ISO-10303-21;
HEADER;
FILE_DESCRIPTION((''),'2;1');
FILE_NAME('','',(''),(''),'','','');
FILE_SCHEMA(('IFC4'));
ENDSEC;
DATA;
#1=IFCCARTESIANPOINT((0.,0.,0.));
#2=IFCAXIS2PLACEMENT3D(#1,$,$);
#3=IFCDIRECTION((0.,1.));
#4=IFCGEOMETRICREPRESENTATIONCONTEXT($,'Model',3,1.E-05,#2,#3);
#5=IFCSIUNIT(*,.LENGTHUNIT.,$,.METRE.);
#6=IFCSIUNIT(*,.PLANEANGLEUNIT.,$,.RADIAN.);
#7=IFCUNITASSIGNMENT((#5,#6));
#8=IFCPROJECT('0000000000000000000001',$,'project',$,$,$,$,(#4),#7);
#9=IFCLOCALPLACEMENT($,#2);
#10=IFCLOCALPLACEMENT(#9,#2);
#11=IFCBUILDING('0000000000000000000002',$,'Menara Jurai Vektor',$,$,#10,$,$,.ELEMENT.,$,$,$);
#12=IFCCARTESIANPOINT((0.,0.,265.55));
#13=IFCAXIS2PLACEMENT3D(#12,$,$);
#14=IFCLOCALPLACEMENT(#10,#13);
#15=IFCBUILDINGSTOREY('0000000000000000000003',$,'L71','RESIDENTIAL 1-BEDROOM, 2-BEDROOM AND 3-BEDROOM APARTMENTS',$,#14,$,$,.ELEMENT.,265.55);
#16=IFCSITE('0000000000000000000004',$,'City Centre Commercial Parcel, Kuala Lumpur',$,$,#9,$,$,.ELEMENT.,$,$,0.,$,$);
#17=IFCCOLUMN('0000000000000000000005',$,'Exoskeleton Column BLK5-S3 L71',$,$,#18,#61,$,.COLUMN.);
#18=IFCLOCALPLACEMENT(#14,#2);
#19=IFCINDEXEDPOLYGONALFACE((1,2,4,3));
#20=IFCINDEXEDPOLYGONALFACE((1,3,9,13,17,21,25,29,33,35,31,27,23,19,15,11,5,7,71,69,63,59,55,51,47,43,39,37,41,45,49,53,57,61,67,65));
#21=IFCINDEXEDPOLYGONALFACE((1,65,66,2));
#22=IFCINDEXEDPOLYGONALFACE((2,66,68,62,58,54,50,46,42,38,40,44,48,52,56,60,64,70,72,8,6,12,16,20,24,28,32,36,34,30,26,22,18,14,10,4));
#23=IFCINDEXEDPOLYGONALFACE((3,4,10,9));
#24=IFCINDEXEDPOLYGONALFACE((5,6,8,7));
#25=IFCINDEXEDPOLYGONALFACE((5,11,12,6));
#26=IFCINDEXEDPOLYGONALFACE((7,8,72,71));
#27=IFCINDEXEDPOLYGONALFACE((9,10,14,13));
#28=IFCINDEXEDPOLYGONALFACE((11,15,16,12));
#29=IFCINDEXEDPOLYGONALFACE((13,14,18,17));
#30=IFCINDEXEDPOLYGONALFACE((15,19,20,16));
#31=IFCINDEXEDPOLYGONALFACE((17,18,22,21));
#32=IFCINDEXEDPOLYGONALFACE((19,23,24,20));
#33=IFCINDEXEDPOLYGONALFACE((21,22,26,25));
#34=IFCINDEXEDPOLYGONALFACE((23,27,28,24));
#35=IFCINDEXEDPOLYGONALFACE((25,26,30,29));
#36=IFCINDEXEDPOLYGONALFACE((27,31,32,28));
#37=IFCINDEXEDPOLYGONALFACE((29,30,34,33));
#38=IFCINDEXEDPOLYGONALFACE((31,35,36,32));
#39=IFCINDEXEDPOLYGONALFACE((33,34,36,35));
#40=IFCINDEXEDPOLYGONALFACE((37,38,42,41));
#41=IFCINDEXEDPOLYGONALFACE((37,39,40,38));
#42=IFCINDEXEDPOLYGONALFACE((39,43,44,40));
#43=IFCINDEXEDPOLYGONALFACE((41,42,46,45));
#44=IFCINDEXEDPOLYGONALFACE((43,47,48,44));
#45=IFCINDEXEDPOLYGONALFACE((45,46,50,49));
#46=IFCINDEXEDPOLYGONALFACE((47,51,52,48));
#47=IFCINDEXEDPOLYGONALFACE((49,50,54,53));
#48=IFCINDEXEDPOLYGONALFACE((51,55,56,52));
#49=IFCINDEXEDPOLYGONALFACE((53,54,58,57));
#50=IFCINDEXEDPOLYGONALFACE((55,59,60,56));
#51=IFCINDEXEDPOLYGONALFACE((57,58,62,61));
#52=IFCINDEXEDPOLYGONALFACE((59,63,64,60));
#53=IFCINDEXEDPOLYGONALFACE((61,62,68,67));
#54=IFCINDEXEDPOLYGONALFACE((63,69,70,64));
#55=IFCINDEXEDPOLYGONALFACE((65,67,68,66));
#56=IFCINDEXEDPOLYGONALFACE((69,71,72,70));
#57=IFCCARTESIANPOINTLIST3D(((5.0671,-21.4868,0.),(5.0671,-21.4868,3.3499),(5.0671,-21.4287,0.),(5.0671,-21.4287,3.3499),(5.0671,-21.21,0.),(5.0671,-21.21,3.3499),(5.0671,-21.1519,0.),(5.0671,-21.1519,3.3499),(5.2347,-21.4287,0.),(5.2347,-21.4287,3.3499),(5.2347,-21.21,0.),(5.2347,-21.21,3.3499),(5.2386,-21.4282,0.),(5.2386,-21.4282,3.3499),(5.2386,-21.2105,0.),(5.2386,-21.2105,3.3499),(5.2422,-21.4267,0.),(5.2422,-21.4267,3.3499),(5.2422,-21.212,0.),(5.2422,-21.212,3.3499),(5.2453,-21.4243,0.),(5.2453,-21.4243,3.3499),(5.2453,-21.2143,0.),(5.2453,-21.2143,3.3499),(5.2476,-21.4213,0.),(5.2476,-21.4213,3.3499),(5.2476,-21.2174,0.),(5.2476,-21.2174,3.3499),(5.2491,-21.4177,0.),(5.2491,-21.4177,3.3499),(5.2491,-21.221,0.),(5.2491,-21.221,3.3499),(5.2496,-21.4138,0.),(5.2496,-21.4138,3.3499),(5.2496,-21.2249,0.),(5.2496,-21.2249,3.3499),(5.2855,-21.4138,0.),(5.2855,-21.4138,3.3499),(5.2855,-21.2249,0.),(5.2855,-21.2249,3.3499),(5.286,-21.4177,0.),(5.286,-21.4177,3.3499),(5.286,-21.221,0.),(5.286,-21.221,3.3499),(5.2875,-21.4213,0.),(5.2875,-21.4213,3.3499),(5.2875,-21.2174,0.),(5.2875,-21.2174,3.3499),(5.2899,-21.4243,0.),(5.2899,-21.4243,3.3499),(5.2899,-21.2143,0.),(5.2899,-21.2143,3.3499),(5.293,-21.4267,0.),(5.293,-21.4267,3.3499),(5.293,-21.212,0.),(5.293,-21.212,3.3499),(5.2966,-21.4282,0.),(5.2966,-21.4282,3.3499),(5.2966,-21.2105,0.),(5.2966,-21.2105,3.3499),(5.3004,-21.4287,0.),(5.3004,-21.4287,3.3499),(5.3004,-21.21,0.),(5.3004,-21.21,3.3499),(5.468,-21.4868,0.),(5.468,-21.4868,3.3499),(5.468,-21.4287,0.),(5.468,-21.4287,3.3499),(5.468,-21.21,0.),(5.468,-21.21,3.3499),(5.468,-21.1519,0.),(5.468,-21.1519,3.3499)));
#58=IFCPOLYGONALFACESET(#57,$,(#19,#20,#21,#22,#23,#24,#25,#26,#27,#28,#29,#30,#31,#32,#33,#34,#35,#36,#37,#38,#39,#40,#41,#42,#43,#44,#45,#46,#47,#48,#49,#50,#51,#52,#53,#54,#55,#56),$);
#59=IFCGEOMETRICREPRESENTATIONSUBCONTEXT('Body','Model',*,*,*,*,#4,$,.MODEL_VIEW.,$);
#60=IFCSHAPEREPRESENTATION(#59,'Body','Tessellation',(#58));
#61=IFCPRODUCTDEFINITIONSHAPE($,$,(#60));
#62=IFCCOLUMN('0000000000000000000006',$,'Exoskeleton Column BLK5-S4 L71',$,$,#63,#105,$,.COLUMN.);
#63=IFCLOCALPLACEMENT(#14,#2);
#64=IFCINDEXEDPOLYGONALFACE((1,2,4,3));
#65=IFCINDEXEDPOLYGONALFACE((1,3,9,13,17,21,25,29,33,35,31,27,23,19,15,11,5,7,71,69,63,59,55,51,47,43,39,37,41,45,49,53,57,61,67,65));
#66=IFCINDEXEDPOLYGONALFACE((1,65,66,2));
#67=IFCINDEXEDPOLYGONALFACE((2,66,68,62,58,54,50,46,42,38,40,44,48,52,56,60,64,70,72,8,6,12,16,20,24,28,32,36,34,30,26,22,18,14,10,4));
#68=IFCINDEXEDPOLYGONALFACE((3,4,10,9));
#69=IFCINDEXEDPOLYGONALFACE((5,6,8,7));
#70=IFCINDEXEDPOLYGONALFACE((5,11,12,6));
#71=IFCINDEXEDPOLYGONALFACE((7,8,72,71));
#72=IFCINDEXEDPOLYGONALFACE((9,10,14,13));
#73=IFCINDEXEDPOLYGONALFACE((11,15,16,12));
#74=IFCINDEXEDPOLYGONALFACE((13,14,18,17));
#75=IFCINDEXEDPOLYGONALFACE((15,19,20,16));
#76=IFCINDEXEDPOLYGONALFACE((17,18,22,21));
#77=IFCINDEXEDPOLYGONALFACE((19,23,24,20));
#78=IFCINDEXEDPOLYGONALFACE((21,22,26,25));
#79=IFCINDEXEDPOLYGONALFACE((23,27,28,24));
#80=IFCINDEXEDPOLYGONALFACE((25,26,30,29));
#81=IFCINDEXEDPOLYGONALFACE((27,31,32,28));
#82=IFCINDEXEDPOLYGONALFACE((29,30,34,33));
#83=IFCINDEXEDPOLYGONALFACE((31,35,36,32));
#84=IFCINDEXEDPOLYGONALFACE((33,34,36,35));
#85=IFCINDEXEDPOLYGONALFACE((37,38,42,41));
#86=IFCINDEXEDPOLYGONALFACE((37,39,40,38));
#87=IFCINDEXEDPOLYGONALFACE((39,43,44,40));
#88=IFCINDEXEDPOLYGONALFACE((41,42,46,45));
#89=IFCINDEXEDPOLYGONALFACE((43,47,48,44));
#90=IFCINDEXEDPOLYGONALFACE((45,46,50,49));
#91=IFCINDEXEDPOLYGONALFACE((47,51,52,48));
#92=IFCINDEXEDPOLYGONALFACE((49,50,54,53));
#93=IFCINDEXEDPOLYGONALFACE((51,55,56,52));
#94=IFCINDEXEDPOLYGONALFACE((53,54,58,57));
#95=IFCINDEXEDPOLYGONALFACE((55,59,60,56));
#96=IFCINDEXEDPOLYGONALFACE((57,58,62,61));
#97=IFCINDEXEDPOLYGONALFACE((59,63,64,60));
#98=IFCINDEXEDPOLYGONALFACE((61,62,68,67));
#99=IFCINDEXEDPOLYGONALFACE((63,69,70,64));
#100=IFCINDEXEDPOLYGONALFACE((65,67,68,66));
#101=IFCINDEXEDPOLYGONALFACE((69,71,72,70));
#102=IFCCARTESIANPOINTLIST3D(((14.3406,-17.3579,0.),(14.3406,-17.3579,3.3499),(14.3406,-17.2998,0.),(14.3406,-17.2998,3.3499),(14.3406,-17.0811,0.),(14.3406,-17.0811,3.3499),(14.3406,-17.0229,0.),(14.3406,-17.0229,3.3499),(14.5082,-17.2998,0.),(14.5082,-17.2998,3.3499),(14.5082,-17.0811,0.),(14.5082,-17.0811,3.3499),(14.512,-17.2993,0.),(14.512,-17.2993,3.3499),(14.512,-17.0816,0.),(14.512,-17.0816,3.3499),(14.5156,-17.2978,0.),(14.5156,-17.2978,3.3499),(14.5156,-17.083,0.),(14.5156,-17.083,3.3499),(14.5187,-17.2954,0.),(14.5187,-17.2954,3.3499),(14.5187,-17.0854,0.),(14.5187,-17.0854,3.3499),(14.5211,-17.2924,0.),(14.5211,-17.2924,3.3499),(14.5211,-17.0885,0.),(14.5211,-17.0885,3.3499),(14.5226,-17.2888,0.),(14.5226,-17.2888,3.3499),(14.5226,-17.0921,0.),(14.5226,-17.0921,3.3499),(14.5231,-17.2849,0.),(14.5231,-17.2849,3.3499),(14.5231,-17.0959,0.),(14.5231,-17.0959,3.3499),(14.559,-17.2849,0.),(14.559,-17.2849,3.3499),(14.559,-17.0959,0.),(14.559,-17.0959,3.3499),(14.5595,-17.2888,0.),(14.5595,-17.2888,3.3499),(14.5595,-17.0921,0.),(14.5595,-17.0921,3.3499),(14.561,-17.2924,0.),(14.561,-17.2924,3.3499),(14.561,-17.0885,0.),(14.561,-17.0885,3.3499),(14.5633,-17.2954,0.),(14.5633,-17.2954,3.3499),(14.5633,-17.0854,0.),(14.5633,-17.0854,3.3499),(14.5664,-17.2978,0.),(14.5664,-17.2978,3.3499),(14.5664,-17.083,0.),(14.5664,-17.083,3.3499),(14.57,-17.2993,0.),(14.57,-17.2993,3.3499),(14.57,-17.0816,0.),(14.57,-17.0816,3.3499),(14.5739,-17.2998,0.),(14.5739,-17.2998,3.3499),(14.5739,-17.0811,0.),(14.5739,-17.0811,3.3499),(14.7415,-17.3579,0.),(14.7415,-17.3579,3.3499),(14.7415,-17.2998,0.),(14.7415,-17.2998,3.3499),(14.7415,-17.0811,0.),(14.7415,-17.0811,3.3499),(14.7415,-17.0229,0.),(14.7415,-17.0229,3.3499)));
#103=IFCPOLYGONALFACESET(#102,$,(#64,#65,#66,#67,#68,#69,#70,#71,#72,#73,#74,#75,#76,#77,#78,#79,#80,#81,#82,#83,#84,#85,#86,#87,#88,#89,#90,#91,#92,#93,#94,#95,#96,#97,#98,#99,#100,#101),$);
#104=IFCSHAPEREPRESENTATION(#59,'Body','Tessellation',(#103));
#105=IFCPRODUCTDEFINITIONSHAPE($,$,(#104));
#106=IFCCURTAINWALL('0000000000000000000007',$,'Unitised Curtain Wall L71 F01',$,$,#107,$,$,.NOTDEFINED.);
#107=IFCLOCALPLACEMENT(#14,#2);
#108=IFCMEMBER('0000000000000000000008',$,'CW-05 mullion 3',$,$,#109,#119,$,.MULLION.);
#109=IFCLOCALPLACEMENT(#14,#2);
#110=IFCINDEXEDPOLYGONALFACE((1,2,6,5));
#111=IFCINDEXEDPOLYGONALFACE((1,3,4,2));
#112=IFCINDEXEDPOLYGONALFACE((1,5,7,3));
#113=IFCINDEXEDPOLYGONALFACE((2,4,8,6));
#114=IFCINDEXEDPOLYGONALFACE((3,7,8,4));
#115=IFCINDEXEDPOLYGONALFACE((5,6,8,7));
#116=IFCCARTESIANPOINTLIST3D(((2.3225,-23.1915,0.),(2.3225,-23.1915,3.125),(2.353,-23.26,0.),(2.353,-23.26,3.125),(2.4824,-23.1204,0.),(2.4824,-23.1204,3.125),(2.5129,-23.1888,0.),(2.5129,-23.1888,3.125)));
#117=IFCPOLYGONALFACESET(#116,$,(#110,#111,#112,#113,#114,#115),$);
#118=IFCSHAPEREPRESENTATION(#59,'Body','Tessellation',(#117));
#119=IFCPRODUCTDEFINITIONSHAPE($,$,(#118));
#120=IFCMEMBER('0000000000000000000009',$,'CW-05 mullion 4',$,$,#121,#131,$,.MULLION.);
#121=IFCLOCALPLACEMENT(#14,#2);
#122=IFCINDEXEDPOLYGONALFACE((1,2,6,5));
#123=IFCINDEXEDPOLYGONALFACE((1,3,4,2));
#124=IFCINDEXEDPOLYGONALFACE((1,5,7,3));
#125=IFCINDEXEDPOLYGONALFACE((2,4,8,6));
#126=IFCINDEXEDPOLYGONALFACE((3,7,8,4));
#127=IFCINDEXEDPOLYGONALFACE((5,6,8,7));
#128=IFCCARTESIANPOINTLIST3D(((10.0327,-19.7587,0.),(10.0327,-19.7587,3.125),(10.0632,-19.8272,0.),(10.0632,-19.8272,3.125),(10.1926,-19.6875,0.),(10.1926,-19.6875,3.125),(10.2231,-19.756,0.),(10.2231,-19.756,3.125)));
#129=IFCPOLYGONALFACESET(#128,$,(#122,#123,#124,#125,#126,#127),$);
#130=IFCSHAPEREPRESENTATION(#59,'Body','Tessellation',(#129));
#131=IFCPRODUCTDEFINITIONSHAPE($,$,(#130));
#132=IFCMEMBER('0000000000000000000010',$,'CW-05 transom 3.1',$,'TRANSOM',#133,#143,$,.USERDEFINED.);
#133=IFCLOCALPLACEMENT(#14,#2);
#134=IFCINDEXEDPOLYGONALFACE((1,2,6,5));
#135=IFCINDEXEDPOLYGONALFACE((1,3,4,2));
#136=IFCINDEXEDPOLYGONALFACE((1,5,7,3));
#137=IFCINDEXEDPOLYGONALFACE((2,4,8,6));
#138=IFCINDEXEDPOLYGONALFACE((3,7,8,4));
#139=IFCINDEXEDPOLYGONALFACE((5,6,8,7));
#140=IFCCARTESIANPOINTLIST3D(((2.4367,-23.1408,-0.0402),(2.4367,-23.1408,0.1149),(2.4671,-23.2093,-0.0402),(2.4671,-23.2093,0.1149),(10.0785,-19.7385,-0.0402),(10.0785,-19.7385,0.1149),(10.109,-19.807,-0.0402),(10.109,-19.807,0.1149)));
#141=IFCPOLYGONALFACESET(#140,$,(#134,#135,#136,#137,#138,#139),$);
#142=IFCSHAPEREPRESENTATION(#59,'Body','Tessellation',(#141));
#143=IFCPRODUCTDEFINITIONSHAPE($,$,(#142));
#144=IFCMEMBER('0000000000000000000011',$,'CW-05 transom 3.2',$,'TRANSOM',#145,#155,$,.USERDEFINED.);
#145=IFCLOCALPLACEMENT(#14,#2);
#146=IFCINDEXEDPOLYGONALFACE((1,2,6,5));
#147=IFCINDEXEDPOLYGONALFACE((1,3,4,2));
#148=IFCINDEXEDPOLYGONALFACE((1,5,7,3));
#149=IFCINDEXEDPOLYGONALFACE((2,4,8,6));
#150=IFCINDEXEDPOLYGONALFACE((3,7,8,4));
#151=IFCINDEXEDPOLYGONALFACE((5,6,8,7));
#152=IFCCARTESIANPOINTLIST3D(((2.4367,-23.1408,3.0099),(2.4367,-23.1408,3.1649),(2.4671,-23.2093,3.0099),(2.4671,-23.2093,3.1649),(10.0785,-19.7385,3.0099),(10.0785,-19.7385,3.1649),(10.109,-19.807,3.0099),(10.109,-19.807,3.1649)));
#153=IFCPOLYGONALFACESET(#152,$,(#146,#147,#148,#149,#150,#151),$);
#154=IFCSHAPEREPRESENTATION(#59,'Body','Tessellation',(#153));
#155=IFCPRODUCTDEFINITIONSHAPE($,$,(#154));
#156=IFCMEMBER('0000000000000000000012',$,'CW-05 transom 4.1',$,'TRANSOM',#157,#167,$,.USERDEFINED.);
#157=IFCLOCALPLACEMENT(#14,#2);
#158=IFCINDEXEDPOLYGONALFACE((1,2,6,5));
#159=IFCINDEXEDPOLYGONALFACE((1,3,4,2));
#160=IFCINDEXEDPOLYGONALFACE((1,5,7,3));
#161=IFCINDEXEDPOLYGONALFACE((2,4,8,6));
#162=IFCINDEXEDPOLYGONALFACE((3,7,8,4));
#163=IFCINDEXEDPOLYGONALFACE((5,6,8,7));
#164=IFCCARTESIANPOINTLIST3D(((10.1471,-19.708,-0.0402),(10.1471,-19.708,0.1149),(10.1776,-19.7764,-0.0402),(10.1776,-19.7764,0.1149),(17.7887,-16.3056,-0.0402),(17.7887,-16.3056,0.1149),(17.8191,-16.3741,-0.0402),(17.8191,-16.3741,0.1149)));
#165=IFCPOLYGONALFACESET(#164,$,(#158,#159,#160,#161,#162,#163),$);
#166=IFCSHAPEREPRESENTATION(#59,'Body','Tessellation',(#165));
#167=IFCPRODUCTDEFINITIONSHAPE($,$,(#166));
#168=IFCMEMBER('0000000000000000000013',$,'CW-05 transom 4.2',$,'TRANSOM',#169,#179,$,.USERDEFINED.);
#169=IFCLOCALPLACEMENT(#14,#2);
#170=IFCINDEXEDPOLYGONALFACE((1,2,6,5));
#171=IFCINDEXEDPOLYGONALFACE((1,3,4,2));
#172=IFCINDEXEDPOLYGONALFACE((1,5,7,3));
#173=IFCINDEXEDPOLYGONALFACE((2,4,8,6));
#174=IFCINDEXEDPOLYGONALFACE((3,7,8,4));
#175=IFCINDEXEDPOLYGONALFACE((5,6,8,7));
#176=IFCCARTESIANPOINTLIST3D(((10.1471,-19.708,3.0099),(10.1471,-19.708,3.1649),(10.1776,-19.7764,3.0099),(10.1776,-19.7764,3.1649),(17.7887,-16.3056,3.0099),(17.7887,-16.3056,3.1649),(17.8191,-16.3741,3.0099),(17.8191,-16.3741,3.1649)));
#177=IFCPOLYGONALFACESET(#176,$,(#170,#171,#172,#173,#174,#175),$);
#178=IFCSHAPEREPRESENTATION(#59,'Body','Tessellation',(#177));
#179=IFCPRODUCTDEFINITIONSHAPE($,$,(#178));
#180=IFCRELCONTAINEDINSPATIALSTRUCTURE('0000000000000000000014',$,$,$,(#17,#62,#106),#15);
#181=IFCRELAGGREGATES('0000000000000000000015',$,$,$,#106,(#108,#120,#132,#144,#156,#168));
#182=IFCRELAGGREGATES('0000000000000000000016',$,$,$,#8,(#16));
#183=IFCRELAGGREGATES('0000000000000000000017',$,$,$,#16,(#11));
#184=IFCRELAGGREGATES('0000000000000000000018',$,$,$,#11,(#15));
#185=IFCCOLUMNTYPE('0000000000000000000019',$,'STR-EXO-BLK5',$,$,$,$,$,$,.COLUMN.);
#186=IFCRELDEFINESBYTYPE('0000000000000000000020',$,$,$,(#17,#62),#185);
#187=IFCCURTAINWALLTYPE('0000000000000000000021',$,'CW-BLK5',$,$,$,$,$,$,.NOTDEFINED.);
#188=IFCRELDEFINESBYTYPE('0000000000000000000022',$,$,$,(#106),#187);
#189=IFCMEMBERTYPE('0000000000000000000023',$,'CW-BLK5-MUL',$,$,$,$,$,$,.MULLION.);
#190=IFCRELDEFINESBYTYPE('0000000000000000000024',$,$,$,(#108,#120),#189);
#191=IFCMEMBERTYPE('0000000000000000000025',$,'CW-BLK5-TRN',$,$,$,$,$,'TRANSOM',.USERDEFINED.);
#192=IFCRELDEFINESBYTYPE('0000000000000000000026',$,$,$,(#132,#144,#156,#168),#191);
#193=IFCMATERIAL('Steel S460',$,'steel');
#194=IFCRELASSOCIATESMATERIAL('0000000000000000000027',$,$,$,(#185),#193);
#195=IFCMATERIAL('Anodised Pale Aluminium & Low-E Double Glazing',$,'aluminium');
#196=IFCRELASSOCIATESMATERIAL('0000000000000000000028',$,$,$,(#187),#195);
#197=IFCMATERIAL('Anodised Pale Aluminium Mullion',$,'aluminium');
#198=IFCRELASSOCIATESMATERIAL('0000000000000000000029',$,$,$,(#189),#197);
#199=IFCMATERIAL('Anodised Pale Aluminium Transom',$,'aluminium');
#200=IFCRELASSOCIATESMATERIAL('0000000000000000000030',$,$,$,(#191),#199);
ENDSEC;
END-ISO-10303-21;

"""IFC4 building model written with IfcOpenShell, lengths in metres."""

from ifc_helpers import new_model, si_unit, direction, frame, origin, origin_2d, place, context, subcontext, project, spatial, rectangle, i_section, extrude, material, material_profile, profile_set, type_object, element, aggregate, save


model = new_model("IFC4")

# Units and contexts
model_context = context("Model", 3, precision=1e-05, world=origin(), true_north=direction((0.0, 1.0)))
body_context = subcontext(model_context, "Body", "Model", "MODEL_VIEW")
ifc_project = project(units=[si_unit("LENGTHUNIT", "METRE"), si_unit("PLANEANGLEUNIT", "RADIAN")], contexts=[model_context])

# Site, building, storey
site_placement = place(None, origin())
site = spatial("IfcSite", under=ifc_project, at=site_placement, Name="City Centre Commercial Parcel, Kuala Lumpur", CompositionType="ELEMENT", RefElevation=0.0)
building_placement = place(site_placement, origin())
building = spatial("IfcBuilding", under=site, at=building_placement, Name="Menara Jurai Vektor", CompositionType="ELEMENT")
storey_placement = place(building_placement, frame((0.0, 0.0, 265.55)))
storey = spatial("IfcBuildingStorey", under=building, at=storey_placement, Name="L71", Description="RESIDENTIAL 1-BEDROOM, 2-BEDROOM AND 3-BEDROOM APARTMENTS", CompositionType="ELEMENT", Elevation=265.55)

# Columns
ifc_material_1 = material(Name="Steel S460", Category="steel")
ifc_material_profile_1 = material_profile(ifc_material_1, i_section(OverallWidth=0.4009, OverallDepth=0.335, WebThickness=0.0359, FlangeThickness=0.0581, FilletRadius=0.0149, at=origin_2d()), Name="HD 400x463")
ifc_profile_set_1 = profile_set([ifc_material_profile_1], Name="Steel S460")
column_type = type_object("IfcColumnType", Name="STR-EXO-BLK5", PredefinedType="COLUMN", material=ifc_profile_set_1)
for number, where, z_axis, x_axis, name in (
    (1, (5.2676, -21.3193, 0.0), (0.0, 0.0, 1.0), (1.0, 0.0, 0.0), "Exoskeleton Column BLK5-S3 L71"),
    (2, (14.541, -17.1904, 0.0), (0.0, 0.0, 1.0), (1.0, 0.0, 0.0), "Exoskeleton Column BLK5-S4 L71"),
):
    element("IfcColumn", number, at=place(storey_placement, frame(where, z_axis=z_axis, x_axis=x_axis)), inside=storey, type_object=column_type, Name=name, PredefinedType="COLUMN", context=body_context, shape_type="SweptSolid", body=[
        extrude(i_section(OverallWidth=0.4009, OverallDepth=0.335, WebThickness=0.0359, FlangeThickness=0.0581, FilletRadius=0.0149, at=origin_2d()), origin(), (0.0, 0.0, 1.0), 3.3499),
    ])

# Curtain wall, members
ifc_material_2 = material(Name="Anodised Pale Aluminium & Low-E Double Glazing", Category="aluminium")
curtain_wall_type = type_object("IfcCurtainWallType", Name="CW-BLK5", PredefinedType="NOTDEFINED", material=ifc_material_2)
curtain_wall_placement = place(storey_placement, origin())
curtain_wall = element("IfcCurtainWall", 3, at=curtain_wall_placement, inside=storey, type_object=curtain_wall_type, Name="Unitised Curtain Wall L71 F01", PredefinedType="NOTDEFINED")
ifc_material_3 = material(Name="Anodised Pale Aluminium Mullion", Category="aluminium")
ifc_material_profile_2 = material_profile(ifc_material_3, rectangle(XDim=0.075, YDim=0.175, at=origin_2d()), Name="ALU MUL 75x175")
ifc_profile_set_2 = profile_set([ifc_material_profile_2], Name="Anodised Pale Aluminium Mullion")
member_type_1 = type_object("IfcMemberType", Name="CW-BLK5-MUL", PredefinedType="MULLION", material=ifc_profile_set_2)
member_1_placement = place(storey_placement, frame((2.4177, -23.1902, 0.0), z_axis=(0.0, 0.0, 1.0), x_axis=(-0.406735, 0.913546, 0.0)))
member_1 = element("IfcMember", 4, at=member_1_placement, type_object=member_type_1, Name="CW-05 mullion 3", PredefinedType="MULLION", context=body_context, shape_type="SweptSolid", body=[
    extrude(rectangle(XDim=0.075, YDim=0.175, at=origin_2d()), origin(), (0.0, 0.0, 1.0), 3.125),
])
member_2_placement = place(storey_placement, frame((10.1279, -19.7573, 0.0), z_axis=(0.0, 0.0, 1.0), x_axis=(-0.406735, 0.913546, 0.0)))
member_2 = element("IfcMember", 5, at=member_2_placement, type_object=member_type_1, Name="CW-05 mullion 4", PredefinedType="MULLION", context=body_context, shape_type="SweptSolid", body=[
    extrude(rectangle(XDim=0.075, YDim=0.175, at=origin_2d()), origin(), (0.0, 0.0, 1.0), 3.125),
])
ifc_material_4 = material(Name="Anodised Pale Aluminium Transom", Category="aluminium")
ifc_material_profile_3 = material_profile(ifc_material_4, rectangle(XDim=0.075, YDim=0.155, at=origin_2d()), Name="ALU TRN 75x155")
ifc_profile_set_3 = profile_set([ifc_material_profile_3], Name="Anodised Pale Aluminium Transom")
member_type_2 = type_object("IfcMemberType", Name="CW-BLK5-TRN", ElementType="TRANSOM", PredefinedType="USERDEFINED", material=ifc_profile_set_3)
member_3_placement = place(storey_placement, frame((2.4519, -23.175, 0.0374), z_axis=(0.913547, 0.406734, 0.0), x_axis=(-0.406734, 0.913547, 0.0)))
member_3 = element("IfcMember", 6, at=member_3_placement, type_object=member_type_2, Name="CW-05 transom 3.1", ObjectType="TRANSOM", PredefinedType="USERDEFINED", context=body_context, shape_type="SweptSolid", body=[
    extrude(rectangle(XDim=0.075, YDim=0.155, at=origin_2d()), origin(), (0.0, 0.0, 1.0), 8.365),
])
member_4_placement = place(storey_placement, frame((2.4519, -23.175, 3.0874), z_axis=(0.913547, 0.406734, 0.0), x_axis=(-0.406734, 0.913547, 0.0)))
member_4 = element("IfcMember", 7, at=member_4_placement, type_object=member_type_2, Name="CW-05 transom 3.2", ObjectType="TRANSOM", PredefinedType="USERDEFINED", context=body_context, shape_type="SweptSolid", body=[
    extrude(rectangle(XDim=0.075, YDim=0.155, at=origin_2d()), origin(), (0.0, 0.0, 1.0), 8.365),
])
member_5_placement = place(storey_placement, frame((10.1624, -19.7422, 0.0374), z_axis=(0.913542, 0.406745, 0.0), x_axis=(-0.406745, 0.913542, 0.0)))
member_5 = element("IfcMember", 8, at=member_5_placement, type_object=member_type_2, Name="CW-05 transom 4.1", ObjectType="TRANSOM", PredefinedType="USERDEFINED", context=body_context, shape_type="SweptSolid", body=[
    extrude(rectangle(XDim=0.075, YDim=0.155, at=origin_2d()), origin(), (0.0, 0.0, 1.0), 8.3647),
])
member_6_placement = place(storey_placement, frame((10.1624, -19.7422, 3.0874), z_axis=(0.913542, 0.406745, 0.0), x_axis=(-0.406745, 0.913542, 0.0)))
member_6 = element("IfcMember", 9, at=member_6_placement, type_object=member_type_2, Name="CW-05 transom 4.2", ObjectType="TRANSOM", PredefinedType="USERDEFINED", context=body_context, shape_type="SweptSolid", body=[
    extrude(rectangle(XDim=0.075, YDim=0.155, at=origin_2d()), origin(), (0.0, 0.0, 1.0), 8.3647),
])

aggregate(curtain_wall, [member_1, member_2, member_3, member_4, member_5, member_6])

save(model, "model.ifc")
